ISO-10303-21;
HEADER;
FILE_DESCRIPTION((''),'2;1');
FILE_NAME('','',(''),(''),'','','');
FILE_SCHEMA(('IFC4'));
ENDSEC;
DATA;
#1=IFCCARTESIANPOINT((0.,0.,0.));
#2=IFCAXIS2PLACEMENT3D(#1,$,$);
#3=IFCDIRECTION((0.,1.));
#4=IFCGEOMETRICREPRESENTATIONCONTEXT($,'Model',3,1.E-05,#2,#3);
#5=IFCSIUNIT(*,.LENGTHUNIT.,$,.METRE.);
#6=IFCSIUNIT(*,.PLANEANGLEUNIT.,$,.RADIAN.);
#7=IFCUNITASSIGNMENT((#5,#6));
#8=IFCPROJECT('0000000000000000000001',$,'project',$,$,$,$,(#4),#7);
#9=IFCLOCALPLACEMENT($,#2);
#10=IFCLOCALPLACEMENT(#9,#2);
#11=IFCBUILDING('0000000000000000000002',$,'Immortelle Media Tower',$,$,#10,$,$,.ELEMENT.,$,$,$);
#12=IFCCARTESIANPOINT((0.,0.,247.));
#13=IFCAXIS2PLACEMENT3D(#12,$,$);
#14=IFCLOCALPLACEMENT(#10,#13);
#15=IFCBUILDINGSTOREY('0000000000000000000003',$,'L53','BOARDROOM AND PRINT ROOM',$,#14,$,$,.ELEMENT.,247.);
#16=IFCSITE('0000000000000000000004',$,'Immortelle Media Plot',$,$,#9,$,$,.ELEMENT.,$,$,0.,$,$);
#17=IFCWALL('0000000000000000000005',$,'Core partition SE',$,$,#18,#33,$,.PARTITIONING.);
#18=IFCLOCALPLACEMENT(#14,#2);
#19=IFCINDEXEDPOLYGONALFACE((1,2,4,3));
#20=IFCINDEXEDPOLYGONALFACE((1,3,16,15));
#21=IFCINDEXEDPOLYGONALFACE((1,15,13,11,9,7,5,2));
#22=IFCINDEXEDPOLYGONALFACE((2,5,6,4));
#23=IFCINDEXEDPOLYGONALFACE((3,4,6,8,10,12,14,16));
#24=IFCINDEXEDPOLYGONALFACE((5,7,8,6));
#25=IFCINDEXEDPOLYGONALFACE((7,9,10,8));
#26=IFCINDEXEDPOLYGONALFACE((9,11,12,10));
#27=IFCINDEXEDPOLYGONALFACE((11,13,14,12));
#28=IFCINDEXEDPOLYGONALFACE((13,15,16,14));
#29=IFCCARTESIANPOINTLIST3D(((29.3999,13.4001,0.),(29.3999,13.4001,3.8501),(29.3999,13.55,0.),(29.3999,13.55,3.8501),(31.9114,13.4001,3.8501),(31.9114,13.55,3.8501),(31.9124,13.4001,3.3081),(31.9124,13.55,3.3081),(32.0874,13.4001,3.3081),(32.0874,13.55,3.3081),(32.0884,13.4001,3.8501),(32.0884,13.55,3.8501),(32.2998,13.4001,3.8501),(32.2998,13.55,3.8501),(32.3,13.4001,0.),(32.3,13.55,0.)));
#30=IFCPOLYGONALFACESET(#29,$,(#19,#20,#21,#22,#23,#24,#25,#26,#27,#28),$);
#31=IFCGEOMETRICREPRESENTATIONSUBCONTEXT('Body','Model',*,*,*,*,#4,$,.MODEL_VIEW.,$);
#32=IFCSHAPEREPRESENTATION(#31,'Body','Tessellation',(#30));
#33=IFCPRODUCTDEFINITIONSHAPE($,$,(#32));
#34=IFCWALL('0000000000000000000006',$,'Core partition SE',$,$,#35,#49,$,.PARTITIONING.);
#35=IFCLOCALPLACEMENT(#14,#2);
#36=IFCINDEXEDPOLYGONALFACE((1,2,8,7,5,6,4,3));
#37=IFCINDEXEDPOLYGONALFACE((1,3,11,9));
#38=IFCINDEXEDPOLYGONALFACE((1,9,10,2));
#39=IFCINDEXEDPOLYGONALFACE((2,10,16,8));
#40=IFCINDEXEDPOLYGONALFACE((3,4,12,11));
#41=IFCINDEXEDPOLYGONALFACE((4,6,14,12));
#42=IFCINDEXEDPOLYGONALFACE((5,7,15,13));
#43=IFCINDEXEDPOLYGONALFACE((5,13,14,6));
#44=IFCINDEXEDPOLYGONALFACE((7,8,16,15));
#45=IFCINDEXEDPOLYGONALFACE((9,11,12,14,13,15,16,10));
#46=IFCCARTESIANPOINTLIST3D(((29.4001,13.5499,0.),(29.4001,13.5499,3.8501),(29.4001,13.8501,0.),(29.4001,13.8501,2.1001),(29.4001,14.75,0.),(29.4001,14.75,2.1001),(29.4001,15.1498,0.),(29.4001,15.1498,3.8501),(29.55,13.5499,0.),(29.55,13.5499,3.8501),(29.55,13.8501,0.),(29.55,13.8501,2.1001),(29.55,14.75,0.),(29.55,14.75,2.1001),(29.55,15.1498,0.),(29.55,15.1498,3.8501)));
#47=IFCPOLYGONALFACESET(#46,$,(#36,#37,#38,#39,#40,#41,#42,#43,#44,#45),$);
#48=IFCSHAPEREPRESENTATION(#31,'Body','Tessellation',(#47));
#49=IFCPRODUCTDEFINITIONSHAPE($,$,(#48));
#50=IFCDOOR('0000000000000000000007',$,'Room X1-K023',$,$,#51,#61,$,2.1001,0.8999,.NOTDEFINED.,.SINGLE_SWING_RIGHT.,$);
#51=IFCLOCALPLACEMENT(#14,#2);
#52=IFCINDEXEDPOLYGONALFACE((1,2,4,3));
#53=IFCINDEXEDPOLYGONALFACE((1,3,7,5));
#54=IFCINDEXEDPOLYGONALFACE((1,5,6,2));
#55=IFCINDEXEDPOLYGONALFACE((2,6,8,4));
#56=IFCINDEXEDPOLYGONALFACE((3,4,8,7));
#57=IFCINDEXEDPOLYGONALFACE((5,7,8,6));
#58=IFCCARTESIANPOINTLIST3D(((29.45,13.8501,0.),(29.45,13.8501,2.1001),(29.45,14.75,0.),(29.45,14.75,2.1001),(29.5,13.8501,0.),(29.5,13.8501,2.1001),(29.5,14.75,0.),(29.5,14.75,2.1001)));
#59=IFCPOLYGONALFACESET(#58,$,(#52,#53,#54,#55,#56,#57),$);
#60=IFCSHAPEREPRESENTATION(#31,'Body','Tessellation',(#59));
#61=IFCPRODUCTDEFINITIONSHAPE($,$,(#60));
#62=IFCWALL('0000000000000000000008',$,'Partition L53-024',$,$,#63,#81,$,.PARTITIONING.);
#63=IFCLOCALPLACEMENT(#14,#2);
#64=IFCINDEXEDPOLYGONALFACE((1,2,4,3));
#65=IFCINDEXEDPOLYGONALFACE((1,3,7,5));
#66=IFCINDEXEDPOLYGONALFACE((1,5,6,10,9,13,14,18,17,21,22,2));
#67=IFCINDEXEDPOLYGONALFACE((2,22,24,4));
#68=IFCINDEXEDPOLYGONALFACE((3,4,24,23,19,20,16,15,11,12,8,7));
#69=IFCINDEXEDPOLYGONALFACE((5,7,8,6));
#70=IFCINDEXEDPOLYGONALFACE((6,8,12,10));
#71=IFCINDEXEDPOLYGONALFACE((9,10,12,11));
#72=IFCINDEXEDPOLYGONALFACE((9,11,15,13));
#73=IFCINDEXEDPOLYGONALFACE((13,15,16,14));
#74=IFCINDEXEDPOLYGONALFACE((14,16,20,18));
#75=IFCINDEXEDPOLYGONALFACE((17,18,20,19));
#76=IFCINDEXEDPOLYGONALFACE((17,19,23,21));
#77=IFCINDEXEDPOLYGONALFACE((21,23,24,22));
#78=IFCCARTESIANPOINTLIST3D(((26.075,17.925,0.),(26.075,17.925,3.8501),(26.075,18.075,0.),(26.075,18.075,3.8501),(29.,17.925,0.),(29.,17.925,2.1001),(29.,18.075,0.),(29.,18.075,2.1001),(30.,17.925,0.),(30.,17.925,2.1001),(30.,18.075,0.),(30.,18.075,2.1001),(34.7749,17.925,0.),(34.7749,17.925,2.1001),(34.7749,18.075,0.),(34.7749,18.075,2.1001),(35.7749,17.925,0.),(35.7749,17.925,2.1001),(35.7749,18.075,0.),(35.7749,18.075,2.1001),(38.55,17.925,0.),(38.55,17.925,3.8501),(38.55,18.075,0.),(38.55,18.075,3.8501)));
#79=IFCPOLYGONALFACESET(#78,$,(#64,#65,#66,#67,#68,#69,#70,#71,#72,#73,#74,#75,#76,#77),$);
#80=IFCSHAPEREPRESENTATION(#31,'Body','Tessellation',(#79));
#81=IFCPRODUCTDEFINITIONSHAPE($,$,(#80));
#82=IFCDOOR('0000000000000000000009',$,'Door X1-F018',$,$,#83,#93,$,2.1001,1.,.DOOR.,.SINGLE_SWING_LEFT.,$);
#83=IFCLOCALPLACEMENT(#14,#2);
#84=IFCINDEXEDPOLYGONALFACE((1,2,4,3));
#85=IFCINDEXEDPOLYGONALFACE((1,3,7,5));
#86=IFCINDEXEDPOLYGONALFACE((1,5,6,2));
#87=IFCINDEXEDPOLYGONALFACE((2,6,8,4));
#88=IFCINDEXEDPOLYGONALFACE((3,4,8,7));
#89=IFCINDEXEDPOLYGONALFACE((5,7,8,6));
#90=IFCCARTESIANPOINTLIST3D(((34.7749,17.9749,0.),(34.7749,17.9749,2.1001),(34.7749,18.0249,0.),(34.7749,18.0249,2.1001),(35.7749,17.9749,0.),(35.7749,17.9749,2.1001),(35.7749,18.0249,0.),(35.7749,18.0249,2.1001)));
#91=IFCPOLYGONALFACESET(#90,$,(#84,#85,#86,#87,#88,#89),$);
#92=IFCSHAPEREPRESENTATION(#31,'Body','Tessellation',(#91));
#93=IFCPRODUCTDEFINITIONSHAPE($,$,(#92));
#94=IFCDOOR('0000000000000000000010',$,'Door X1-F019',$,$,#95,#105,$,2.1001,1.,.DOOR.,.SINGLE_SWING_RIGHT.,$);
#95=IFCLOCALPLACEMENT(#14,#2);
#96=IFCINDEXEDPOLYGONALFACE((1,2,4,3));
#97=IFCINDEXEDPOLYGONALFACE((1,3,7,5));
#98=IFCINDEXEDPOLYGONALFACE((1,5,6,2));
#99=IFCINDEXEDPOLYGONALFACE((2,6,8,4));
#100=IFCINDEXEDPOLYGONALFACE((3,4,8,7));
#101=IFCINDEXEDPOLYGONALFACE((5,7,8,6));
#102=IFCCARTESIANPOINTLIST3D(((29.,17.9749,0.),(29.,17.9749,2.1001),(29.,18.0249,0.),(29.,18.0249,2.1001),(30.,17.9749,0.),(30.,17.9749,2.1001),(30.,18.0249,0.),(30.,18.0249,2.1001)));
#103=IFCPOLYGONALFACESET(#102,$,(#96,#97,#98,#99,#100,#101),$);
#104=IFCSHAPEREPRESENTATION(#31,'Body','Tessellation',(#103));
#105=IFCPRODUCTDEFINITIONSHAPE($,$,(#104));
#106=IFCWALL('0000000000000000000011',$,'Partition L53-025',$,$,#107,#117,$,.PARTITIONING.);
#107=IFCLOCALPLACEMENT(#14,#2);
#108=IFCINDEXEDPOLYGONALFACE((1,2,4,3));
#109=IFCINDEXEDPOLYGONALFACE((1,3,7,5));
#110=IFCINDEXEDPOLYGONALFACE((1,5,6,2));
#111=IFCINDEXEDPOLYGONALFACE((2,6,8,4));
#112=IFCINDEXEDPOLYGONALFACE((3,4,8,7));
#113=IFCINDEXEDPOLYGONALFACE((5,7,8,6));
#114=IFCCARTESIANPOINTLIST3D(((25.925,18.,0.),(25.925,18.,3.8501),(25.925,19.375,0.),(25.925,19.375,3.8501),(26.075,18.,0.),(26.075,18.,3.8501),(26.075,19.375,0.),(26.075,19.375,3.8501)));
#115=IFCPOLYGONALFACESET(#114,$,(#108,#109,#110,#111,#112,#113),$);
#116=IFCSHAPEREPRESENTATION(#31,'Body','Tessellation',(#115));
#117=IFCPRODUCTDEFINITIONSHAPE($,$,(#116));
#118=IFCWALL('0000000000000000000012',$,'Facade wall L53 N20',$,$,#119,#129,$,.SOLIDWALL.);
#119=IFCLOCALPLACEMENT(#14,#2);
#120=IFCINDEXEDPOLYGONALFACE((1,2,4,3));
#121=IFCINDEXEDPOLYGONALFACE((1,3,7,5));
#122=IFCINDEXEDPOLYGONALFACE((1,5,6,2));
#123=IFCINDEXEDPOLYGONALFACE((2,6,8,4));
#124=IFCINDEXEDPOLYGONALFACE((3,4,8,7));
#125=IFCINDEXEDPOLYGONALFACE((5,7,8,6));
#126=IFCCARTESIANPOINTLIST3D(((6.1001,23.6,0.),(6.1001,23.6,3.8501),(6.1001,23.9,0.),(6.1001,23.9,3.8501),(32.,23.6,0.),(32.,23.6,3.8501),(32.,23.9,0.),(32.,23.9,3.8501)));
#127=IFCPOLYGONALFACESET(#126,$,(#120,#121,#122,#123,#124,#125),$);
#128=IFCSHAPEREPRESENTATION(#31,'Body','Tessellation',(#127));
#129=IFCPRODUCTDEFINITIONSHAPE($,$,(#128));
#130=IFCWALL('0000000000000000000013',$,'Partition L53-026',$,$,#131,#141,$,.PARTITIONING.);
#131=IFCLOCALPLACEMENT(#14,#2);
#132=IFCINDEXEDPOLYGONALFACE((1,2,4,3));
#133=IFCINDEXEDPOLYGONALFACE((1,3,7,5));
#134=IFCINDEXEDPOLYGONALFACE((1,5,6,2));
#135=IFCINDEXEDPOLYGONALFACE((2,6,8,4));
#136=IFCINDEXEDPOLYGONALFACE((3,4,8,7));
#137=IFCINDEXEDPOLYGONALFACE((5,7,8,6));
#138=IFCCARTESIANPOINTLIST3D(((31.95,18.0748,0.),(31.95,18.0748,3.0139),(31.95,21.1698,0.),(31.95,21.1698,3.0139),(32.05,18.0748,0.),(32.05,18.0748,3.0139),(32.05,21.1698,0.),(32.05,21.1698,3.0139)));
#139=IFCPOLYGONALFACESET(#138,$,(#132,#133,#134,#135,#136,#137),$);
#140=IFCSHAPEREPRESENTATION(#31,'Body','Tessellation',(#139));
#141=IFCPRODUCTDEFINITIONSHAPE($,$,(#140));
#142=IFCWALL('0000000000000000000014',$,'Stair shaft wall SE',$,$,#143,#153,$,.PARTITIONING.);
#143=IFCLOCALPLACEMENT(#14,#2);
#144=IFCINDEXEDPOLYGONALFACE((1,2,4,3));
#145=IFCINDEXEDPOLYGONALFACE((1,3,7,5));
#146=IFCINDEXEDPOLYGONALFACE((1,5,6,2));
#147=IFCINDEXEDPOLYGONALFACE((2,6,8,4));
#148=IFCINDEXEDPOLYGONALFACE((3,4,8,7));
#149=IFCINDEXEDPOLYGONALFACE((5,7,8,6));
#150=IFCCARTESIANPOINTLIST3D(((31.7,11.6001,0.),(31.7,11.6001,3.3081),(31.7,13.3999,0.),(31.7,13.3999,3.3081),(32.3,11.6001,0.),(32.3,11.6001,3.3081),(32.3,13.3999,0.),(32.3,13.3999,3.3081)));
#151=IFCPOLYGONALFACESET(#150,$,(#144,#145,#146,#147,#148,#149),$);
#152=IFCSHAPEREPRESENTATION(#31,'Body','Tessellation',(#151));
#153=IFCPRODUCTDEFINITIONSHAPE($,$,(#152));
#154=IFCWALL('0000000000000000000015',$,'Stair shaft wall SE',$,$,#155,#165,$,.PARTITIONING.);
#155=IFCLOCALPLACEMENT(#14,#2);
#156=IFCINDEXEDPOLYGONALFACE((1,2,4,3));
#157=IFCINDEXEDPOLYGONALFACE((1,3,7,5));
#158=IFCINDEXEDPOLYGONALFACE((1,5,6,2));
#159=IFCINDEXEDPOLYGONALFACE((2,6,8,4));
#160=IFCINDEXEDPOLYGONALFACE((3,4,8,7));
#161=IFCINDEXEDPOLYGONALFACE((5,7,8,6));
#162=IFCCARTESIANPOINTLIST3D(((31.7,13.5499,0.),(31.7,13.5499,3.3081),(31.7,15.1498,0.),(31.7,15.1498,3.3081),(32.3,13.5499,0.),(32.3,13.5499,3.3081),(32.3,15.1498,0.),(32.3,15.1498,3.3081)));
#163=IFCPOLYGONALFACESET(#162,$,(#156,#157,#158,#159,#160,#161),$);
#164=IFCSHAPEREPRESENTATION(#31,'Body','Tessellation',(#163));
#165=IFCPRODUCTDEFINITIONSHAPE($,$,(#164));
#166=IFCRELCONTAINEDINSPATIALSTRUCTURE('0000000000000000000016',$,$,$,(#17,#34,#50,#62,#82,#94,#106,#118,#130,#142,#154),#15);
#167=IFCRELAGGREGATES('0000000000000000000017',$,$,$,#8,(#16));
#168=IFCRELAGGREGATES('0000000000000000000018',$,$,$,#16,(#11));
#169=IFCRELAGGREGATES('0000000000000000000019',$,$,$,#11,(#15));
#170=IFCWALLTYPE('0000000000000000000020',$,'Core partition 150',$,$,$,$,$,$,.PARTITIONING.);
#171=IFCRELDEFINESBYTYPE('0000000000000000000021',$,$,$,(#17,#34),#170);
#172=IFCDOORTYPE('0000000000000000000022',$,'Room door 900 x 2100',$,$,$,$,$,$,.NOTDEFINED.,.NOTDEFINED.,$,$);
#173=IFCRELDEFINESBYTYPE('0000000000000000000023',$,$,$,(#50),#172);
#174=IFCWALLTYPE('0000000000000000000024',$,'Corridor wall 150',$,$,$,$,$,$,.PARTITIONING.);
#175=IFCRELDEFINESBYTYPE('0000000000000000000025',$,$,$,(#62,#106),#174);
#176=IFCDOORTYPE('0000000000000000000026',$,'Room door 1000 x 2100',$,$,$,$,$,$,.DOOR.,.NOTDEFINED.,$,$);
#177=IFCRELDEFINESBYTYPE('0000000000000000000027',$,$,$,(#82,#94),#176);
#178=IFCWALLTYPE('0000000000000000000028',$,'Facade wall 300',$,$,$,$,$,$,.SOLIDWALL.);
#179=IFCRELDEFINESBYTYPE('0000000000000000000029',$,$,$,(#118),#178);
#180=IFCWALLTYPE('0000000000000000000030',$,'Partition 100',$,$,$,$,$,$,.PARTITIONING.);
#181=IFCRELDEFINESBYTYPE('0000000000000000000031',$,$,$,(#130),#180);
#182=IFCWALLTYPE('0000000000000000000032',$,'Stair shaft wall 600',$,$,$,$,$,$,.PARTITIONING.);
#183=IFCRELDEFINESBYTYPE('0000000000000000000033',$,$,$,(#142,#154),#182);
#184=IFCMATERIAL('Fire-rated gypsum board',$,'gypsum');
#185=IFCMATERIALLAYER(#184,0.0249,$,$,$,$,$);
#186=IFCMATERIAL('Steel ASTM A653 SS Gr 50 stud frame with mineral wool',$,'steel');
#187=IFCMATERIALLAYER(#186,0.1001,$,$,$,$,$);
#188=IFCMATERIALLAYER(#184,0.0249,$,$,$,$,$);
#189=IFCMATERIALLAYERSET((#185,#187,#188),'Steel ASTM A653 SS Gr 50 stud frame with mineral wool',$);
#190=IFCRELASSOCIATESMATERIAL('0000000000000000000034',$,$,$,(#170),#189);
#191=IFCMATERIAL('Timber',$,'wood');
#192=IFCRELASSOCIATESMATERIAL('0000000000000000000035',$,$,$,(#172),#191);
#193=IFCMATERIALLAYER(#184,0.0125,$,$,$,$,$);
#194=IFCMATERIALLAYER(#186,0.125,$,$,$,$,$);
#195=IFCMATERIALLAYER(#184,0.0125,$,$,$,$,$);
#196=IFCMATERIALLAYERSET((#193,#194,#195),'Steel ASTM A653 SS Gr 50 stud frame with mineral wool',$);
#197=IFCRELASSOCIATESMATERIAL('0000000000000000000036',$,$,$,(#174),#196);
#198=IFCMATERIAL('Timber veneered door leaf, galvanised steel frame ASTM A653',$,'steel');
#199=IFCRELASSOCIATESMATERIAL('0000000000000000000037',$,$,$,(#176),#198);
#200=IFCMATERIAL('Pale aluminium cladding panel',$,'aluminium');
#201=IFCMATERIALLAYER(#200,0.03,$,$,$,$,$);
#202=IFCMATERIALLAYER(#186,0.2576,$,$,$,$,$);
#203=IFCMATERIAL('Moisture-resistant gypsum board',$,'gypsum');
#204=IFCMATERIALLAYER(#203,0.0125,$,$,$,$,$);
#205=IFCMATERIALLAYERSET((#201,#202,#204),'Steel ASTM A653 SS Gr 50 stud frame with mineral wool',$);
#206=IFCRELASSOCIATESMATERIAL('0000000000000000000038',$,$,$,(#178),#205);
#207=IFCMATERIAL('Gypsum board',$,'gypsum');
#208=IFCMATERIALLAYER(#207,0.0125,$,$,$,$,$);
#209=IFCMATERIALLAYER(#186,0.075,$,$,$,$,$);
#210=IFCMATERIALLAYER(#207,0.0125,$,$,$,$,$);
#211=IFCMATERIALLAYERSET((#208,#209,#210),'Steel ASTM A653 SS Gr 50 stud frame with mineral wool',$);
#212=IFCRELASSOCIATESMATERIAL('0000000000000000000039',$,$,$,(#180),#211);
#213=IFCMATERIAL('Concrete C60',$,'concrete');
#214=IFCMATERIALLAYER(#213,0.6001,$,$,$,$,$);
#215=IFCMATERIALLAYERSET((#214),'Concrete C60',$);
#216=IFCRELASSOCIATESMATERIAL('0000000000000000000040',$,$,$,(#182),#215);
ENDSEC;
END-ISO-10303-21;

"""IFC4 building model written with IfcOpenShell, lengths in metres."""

from ifc_helpers import new_model, si_unit, direction, frame, frame_2d, origin, place, context, subcontext, project, spatial, polyline, rectangle, outline, extrude, material, layer, layer_set, type_object, element, fill, save


model = new_model("IFC4")

# Units and contexts
model_context = context("Model", 3, precision=1e-05, world=origin(), true_north=direction((0.0, 1.0)))
body_context = subcontext(model_context, "Body", "Model", "MODEL_VIEW")
ifc_project = project(units=[si_unit("LENGTHUNIT", "METRE"), si_unit("PLANEANGLEUNIT", "RADIAN")], contexts=[model_context])

# Site, building, storey
site_placement = place(None, origin())
site = spatial("IfcSite", under=ifc_project, at=site_placement, Name="Immortelle Media Plot", CompositionType="ELEMENT", RefElevation=0.0)
building_placement = place(site_placement, origin())
building = spatial("IfcBuilding", under=site, at=building_placement, Name="Immortelle Media Tower", CompositionType="ELEMENT")
storey_placement = place(building_placement, frame((0.0, 0.0, 247.0)))
storey = spatial("IfcBuildingStorey", under=building, at=storey_placement, Name="L53", Description="BOARDROOM AND PRINT ROOM", CompositionType="ELEMENT", Elevation=247.0)

# Shared definitions
ifc_material_1 = material(Name="Fire-rated gypsum board", Category="gypsum")
ifc_layer_1 = layer(ifc_material_1, 0.0249)
ifc_material_2 = material(Name="Steel ASTM A653 SS Gr 50 stud frame with mineral wool", Category="steel")
ifc_layer_2 = layer(ifc_material_2, 0.1001)
ifc_layer_3 = layer(ifc_material_1, 0.0249)
ifc_layer_set_1 = layer_set([ifc_layer_1, ifc_layer_2, ifc_layer_3], Name="Steel ASTM A653 SS Gr 50 stud frame with mineral wool")
wall_type_1 = type_object("IfcWallType", Name="Core partition 150", PredefinedType="PARTITIONING", material=ifc_layer_set_1)

# Wall
wall_1_placement = place(storey_placement, frame((29.3999, 13.4751, 0.0), z_axis=(0.0, 0.0, 1.0), x_axis=(1.0, 0.0, 0.0)))
element("IfcWall", 1, at=wall_1_placement, inside=storey, type_object=wall_type_1, Name="Core partition SE", PredefinedType="PARTITIONING", context=body_context, shape_type="SweptSolid", body=[
    extrude(outline(polyline([(0.0, 0.0), (2.9001, 0.0), (2.8999, 3.8501), (2.6885, 3.8501), (2.6875, 3.3081), (2.5125, 3.3081), (2.5115, 3.8501), (0.0, 3.8501), (0.0, 0.0)])), frame((0.0, 0.075, 0.0), z_axis=(0.0, -1.0, 0.0), x_axis=(1.0, 0.0, 0.0)), (0.0, 0.0, 1.0), 0.1499),
])

# Wall, opening, door
wall_2_placement = place(storey_placement, frame((29.4751, 13.55, 0.0), z_axis=(0.0, 0.0, 1.0), x_axis=(0.0, 1.0, 0.0)))
wall_2 = element("IfcWall", 2, at=wall_2_placement, inside=storey, type_object=wall_type_1, Name="Core partition SE", PredefinedType="PARTITIONING", context=body_context, shape_type="SweptSolid", body=[
    extrude(rectangle(XDim=1.5999, YDim=0.1499, at=frame_2d((0.7998, 0.0))), origin(), (0.0, 0.0, 1.0), 3.8501),
])
opening_1_placement = place(wall_2_placement, frame((1.2, 0.0, 0.0), z_axis=(0.0, 0.0, 1.0), x_axis=(-1.0, 0.0, 0.0)))
opening_1 = element("IfcOpeningElement", 3, at=opening_1_placement, cuts=wall_2, PredefinedType="OPENING", context=body_context, shape_type="SweptSolid", body=[
    extrude(rectangle(XDim=0.8999, YDim=2.1001, at=frame_2d((0.45, 1.05))), frame((0.0, 0.085, 0.0), z_axis=(0.0, -1.0, 0.0), x_axis=(1.0, 0.0, 0.0)), (0.0, 0.0, 1.0), 0.1699),
])
ifc_material_3 = material(Name="Timber", Category="wood")
door_type_1 = type_object("IfcDoorType", Name="Room door 900 x 2100", OperationType="NOTDEFINED", PredefinedType="NOTDEFINED", material=ifc_material_3)
door_1_placement = place(opening_1_placement, origin())
door_1 = element("IfcDoor", 4, at=door_1_placement, inside=storey, type_object=door_type_1, Name="Room X1-K023", OperationType="SINGLE_SWING_RIGHT", OverallHeight=2.1001, OverallWidth=0.8999, PredefinedType="NOTDEFINED", context=body_context, shape_type="SweptSolid", body=[
    extrude(rectangle(XDim=0.8999, YDim=2.1001, at=frame_2d((0.45, 1.05))), frame((0.0, 0.0249, 0.0), z_axis=(0.0, -1.0, 0.0), x_axis=(1.0, 0.0, 0.0)), (0.0, 0.0, 1.0), 0.05),
])
fill(opening_1, door_1)

# Wall, openings, doors
ifc_layer_4 = layer(ifc_material_1, 0.0125)
ifc_layer_5 = layer(ifc_material_2, 0.125)
ifc_layer_6 = layer(ifc_material_1, 0.0125)
ifc_layer_set_2 = layer_set([ifc_layer_4, ifc_layer_5, ifc_layer_6], Name="Steel ASTM A653 SS Gr 50 stud frame with mineral wool")
wall_type_2 = type_object("IfcWallType", Name="Corridor wall 150", PredefinedType="PARTITIONING", material=ifc_layer_set_2)
wall_3_placement = place(storey_placement, frame((26.075, 18.0, 0.0), z_axis=(0.0, 0.0, 1.0), x_axis=(1.0, 0.0, 0.0)))
wall_3 = element("IfcWall", 5, at=wall_3_placement, inside=storey, type_object=wall_type_2, Name="Partition L53-024", PredefinedType="PARTITIONING", context=body_context, shape_type="SweptSolid", body=[
    extrude(rectangle(XDim=12.4751, YDim=0.1499, at=frame_2d((6.2375, 0.0))), origin(), (0.0, 0.0, 1.0), 3.8501),
])
opening_2_placement = place(wall_3_placement, frame((8.7, 0.0, 0.0)))
opening_2 = element("IfcOpeningElement", 6, at=opening_2_placement, cuts=wall_3, PredefinedType="OPENING", context=body_context, shape_type="SweptSolid", body=[
    extrude(rectangle(XDim=1.0, YDim=2.1001, at=frame_2d((0.5, 1.05))), frame((0.0, 0.085, 0.0), z_axis=(0.0, -1.0, 0.0), x_axis=(1.0, 0.0, 0.0)), (0.0, 0.0, 1.0), 0.1699),
])
opening_3_placement = place(wall_3_placement, frame((2.925, 0.0, 0.0)))
opening_3 = element("IfcOpeningElement", 7, at=opening_3_placement, cuts=wall_3, PredefinedType="OPENING", context=body_context, shape_type="SweptSolid", body=[
    extrude(rectangle(XDim=1.0, YDim=2.1001, at=frame_2d((0.5, 1.05))), frame((0.0, 0.085, 0.0), z_axis=(0.0, -1.0, 0.0), x_axis=(1.0, 0.0, 0.0)), (0.0, 0.0, 1.0), 0.1699),
])
ifc_material_4 = material(Name="Timber veneered door leaf, galvanised steel frame ASTM A653", Category="steel")
door_type_2 = type_object("IfcDoorType", Name="Room door 1000 x 2100", OperationType="NOTDEFINED", PredefinedType="DOOR", material=ifc_material_4)
door_2_placement = place(opening_2_placement, origin())
door_2 = element("IfcDoor", 8, at=door_2_placement, inside=storey, type_object=door_type_2, Name="Door X1-F018", OperationType="SINGLE_SWING_LEFT", OverallHeight=2.1001, OverallWidth=1.0, PredefinedType="DOOR", context=body_context, shape_type="SweptSolid", body=[
    extrude(rectangle(XDim=1.0, YDim=2.1001, at=frame_2d((0.5, 1.05))), frame((0.0, 0.0249, 0.0), z_axis=(0.0, -1.0, 0.0), x_axis=(1.0, 0.0, 0.0)), (0.0, 0.0, 1.0), 0.05),
])
fill(opening_2, door_2)
door_3_placement = place(opening_3_placement, origin())
door_3 = element("IfcDoor", 9, at=door_3_placement, inside=storey, type_object=door_type_2, Name="Door X1-F019", OperationType="SINGLE_SWING_RIGHT", OverallHeight=2.1001, OverallWidth=1.0, PredefinedType="DOOR", context=body_context, shape_type="SweptSolid", body=[
    extrude(rectangle(XDim=1.0, YDim=2.1001, at=frame_2d((0.5, 1.05))), frame((0.0, 0.0249, 0.0), z_axis=(0.0, -1.0, 0.0), x_axis=(1.0, 0.0, 0.0)), (0.0, 0.0, 1.0), 0.05),
])
fill(opening_3, door_3)

# Walls
wall_4_placement = place(storey_placement, frame((26.0, 18.0, 0.0), z_axis=(0.0, 0.0, 1.0), x_axis=(0.0, 1.0, 0.0)))
element("IfcWall", 10, at=wall_4_placement, inside=storey, type_object=wall_type_2, Name="Partition L53-025", PredefinedType="PARTITIONING", context=body_context, shape_type="SweptSolid", body=[
    extrude(rectangle(XDim=1.375, YDim=0.1499, at=frame_2d((0.6875, 0.0))), origin(), (0.0, 0.0, 1.0), 3.8501),
])
ifc_material_5 = material(Name="Pale aluminium cladding panel", Category="aluminium")
ifc_layer_7 = layer(ifc_material_5, 0.03)
ifc_layer_8 = layer(ifc_material_2, 0.2576)
ifc_material_6 = material(Name="Moisture-resistant gypsum board", Category="gypsum")
ifc_layer_9 = layer(ifc_material_6, 0.0125)
ifc_layer_set_3 = layer_set([ifc_layer_7, ifc_layer_8, ifc_layer_9], Name="Steel ASTM A653 SS Gr 50 stud frame with mineral wool")
wall_type_3 = type_object("IfcWallType", Name="Facade wall 300", PredefinedType="SOLIDWALL", material=ifc_layer_set_3)
wall_5_placement = place(storey_placement, frame((32.0, 23.75, 0.0), z_axis=(0.0, 0.0, 1.0), x_axis=(-1.0, 0.0, 0.0)))
element("IfcWall", 11, at=wall_5_placement, inside=storey, type_object=wall_type_3, Name="Facade wall L53 N20", PredefinedType="SOLIDWALL", context=body_context, shape_type="SweptSolid", body=[
    extrude(rectangle(XDim=25.8999, YDim=0.3, at=frame_2d((12.95, 0.0))), origin(), (0.0, 0.0, 1.0), 3.8501),
])
ifc_material_7 = material(Name="Gypsum board", Category="gypsum")
ifc_layer_10 = layer(ifc_material_7, 0.0125)
ifc_layer_11 = layer(ifc_material_2, 0.075)
ifc_layer_12 = layer(ifc_material_7, 0.0125)
ifc_layer_set_4 = layer_set([ifc_layer_10, ifc_layer_11, ifc_layer_12], Name="Steel ASTM A653 SS Gr 50 stud frame with mineral wool")
wall_type_4 = type_object("IfcWallType", Name="Partition 100", PredefinedType="PARTITIONING", material=ifc_layer_set_4)
wall_6_placement = place(storey_placement, frame((32.0, 18.075, 0.0), z_axis=(0.0, 0.0, 1.0), x_axis=(0.0, 1.0, 0.0)))
element("IfcWall", 12, at=wall_6_placement, inside=storey, type_object=wall_type_4, Name="Partition L53-026", PredefinedType="PARTITIONING", context=body_context, shape_type="SweptSolid", body=[
    extrude(rectangle(XDim=3.095, YDim=0.1001, at=frame_2d((1.5474, 0.0))), origin(), (0.0, 0.0, 1.0), 3.0139),
])
ifc_material_8 = material(Name="Concrete C60", Category="concrete")
ifc_layer_13 = layer(ifc_material_8, 0.6001)
ifc_layer_set_5 = layer_set([ifc_layer_13], Name="Concrete C60")
wall_type_5 = type_object("IfcWallType", Name="Stair shaft wall 600", PredefinedType="PARTITIONING", material=ifc_layer_set_5)
wall_7_placement = place(storey_placement, frame((32.0, 11.6001, 0.0), z_axis=(0.0, 0.0, 1.0), x_axis=(0.0, 1.0, 0.0)))
element("IfcWall", 13, at=wall_7_placement, inside=storey, type_object=wall_type_5, Name="Stair shaft wall SE", PredefinedType="PARTITIONING", context=body_context, shape_type="SweptSolid", body=[
    extrude(rectangle(XDim=1.7998, YDim=0.6001, at=frame_2d((0.8999, 0.0))), origin(), (0.0, 0.0, 1.0), 3.3081),
])
wall_8_placement = place(storey_placement, frame((32.0, 13.55, 0.0), z_axis=(0.0, 0.0, 1.0), x_axis=(0.0, 1.0, 0.0)))
element("IfcWall", 14, at=wall_8_placement, inside=storey, type_object=wall_type_5, Name="Stair shaft wall SE", PredefinedType="PARTITIONING", context=body_context, shape_type="SweptSolid", body=[
    extrude(rectangle(XDim=1.5999, YDim=0.6001, at=frame_2d((0.7998, 0.0))), origin(), (0.0, 0.0, 1.0), 3.3081),
])

save(model, "model.ifc")
